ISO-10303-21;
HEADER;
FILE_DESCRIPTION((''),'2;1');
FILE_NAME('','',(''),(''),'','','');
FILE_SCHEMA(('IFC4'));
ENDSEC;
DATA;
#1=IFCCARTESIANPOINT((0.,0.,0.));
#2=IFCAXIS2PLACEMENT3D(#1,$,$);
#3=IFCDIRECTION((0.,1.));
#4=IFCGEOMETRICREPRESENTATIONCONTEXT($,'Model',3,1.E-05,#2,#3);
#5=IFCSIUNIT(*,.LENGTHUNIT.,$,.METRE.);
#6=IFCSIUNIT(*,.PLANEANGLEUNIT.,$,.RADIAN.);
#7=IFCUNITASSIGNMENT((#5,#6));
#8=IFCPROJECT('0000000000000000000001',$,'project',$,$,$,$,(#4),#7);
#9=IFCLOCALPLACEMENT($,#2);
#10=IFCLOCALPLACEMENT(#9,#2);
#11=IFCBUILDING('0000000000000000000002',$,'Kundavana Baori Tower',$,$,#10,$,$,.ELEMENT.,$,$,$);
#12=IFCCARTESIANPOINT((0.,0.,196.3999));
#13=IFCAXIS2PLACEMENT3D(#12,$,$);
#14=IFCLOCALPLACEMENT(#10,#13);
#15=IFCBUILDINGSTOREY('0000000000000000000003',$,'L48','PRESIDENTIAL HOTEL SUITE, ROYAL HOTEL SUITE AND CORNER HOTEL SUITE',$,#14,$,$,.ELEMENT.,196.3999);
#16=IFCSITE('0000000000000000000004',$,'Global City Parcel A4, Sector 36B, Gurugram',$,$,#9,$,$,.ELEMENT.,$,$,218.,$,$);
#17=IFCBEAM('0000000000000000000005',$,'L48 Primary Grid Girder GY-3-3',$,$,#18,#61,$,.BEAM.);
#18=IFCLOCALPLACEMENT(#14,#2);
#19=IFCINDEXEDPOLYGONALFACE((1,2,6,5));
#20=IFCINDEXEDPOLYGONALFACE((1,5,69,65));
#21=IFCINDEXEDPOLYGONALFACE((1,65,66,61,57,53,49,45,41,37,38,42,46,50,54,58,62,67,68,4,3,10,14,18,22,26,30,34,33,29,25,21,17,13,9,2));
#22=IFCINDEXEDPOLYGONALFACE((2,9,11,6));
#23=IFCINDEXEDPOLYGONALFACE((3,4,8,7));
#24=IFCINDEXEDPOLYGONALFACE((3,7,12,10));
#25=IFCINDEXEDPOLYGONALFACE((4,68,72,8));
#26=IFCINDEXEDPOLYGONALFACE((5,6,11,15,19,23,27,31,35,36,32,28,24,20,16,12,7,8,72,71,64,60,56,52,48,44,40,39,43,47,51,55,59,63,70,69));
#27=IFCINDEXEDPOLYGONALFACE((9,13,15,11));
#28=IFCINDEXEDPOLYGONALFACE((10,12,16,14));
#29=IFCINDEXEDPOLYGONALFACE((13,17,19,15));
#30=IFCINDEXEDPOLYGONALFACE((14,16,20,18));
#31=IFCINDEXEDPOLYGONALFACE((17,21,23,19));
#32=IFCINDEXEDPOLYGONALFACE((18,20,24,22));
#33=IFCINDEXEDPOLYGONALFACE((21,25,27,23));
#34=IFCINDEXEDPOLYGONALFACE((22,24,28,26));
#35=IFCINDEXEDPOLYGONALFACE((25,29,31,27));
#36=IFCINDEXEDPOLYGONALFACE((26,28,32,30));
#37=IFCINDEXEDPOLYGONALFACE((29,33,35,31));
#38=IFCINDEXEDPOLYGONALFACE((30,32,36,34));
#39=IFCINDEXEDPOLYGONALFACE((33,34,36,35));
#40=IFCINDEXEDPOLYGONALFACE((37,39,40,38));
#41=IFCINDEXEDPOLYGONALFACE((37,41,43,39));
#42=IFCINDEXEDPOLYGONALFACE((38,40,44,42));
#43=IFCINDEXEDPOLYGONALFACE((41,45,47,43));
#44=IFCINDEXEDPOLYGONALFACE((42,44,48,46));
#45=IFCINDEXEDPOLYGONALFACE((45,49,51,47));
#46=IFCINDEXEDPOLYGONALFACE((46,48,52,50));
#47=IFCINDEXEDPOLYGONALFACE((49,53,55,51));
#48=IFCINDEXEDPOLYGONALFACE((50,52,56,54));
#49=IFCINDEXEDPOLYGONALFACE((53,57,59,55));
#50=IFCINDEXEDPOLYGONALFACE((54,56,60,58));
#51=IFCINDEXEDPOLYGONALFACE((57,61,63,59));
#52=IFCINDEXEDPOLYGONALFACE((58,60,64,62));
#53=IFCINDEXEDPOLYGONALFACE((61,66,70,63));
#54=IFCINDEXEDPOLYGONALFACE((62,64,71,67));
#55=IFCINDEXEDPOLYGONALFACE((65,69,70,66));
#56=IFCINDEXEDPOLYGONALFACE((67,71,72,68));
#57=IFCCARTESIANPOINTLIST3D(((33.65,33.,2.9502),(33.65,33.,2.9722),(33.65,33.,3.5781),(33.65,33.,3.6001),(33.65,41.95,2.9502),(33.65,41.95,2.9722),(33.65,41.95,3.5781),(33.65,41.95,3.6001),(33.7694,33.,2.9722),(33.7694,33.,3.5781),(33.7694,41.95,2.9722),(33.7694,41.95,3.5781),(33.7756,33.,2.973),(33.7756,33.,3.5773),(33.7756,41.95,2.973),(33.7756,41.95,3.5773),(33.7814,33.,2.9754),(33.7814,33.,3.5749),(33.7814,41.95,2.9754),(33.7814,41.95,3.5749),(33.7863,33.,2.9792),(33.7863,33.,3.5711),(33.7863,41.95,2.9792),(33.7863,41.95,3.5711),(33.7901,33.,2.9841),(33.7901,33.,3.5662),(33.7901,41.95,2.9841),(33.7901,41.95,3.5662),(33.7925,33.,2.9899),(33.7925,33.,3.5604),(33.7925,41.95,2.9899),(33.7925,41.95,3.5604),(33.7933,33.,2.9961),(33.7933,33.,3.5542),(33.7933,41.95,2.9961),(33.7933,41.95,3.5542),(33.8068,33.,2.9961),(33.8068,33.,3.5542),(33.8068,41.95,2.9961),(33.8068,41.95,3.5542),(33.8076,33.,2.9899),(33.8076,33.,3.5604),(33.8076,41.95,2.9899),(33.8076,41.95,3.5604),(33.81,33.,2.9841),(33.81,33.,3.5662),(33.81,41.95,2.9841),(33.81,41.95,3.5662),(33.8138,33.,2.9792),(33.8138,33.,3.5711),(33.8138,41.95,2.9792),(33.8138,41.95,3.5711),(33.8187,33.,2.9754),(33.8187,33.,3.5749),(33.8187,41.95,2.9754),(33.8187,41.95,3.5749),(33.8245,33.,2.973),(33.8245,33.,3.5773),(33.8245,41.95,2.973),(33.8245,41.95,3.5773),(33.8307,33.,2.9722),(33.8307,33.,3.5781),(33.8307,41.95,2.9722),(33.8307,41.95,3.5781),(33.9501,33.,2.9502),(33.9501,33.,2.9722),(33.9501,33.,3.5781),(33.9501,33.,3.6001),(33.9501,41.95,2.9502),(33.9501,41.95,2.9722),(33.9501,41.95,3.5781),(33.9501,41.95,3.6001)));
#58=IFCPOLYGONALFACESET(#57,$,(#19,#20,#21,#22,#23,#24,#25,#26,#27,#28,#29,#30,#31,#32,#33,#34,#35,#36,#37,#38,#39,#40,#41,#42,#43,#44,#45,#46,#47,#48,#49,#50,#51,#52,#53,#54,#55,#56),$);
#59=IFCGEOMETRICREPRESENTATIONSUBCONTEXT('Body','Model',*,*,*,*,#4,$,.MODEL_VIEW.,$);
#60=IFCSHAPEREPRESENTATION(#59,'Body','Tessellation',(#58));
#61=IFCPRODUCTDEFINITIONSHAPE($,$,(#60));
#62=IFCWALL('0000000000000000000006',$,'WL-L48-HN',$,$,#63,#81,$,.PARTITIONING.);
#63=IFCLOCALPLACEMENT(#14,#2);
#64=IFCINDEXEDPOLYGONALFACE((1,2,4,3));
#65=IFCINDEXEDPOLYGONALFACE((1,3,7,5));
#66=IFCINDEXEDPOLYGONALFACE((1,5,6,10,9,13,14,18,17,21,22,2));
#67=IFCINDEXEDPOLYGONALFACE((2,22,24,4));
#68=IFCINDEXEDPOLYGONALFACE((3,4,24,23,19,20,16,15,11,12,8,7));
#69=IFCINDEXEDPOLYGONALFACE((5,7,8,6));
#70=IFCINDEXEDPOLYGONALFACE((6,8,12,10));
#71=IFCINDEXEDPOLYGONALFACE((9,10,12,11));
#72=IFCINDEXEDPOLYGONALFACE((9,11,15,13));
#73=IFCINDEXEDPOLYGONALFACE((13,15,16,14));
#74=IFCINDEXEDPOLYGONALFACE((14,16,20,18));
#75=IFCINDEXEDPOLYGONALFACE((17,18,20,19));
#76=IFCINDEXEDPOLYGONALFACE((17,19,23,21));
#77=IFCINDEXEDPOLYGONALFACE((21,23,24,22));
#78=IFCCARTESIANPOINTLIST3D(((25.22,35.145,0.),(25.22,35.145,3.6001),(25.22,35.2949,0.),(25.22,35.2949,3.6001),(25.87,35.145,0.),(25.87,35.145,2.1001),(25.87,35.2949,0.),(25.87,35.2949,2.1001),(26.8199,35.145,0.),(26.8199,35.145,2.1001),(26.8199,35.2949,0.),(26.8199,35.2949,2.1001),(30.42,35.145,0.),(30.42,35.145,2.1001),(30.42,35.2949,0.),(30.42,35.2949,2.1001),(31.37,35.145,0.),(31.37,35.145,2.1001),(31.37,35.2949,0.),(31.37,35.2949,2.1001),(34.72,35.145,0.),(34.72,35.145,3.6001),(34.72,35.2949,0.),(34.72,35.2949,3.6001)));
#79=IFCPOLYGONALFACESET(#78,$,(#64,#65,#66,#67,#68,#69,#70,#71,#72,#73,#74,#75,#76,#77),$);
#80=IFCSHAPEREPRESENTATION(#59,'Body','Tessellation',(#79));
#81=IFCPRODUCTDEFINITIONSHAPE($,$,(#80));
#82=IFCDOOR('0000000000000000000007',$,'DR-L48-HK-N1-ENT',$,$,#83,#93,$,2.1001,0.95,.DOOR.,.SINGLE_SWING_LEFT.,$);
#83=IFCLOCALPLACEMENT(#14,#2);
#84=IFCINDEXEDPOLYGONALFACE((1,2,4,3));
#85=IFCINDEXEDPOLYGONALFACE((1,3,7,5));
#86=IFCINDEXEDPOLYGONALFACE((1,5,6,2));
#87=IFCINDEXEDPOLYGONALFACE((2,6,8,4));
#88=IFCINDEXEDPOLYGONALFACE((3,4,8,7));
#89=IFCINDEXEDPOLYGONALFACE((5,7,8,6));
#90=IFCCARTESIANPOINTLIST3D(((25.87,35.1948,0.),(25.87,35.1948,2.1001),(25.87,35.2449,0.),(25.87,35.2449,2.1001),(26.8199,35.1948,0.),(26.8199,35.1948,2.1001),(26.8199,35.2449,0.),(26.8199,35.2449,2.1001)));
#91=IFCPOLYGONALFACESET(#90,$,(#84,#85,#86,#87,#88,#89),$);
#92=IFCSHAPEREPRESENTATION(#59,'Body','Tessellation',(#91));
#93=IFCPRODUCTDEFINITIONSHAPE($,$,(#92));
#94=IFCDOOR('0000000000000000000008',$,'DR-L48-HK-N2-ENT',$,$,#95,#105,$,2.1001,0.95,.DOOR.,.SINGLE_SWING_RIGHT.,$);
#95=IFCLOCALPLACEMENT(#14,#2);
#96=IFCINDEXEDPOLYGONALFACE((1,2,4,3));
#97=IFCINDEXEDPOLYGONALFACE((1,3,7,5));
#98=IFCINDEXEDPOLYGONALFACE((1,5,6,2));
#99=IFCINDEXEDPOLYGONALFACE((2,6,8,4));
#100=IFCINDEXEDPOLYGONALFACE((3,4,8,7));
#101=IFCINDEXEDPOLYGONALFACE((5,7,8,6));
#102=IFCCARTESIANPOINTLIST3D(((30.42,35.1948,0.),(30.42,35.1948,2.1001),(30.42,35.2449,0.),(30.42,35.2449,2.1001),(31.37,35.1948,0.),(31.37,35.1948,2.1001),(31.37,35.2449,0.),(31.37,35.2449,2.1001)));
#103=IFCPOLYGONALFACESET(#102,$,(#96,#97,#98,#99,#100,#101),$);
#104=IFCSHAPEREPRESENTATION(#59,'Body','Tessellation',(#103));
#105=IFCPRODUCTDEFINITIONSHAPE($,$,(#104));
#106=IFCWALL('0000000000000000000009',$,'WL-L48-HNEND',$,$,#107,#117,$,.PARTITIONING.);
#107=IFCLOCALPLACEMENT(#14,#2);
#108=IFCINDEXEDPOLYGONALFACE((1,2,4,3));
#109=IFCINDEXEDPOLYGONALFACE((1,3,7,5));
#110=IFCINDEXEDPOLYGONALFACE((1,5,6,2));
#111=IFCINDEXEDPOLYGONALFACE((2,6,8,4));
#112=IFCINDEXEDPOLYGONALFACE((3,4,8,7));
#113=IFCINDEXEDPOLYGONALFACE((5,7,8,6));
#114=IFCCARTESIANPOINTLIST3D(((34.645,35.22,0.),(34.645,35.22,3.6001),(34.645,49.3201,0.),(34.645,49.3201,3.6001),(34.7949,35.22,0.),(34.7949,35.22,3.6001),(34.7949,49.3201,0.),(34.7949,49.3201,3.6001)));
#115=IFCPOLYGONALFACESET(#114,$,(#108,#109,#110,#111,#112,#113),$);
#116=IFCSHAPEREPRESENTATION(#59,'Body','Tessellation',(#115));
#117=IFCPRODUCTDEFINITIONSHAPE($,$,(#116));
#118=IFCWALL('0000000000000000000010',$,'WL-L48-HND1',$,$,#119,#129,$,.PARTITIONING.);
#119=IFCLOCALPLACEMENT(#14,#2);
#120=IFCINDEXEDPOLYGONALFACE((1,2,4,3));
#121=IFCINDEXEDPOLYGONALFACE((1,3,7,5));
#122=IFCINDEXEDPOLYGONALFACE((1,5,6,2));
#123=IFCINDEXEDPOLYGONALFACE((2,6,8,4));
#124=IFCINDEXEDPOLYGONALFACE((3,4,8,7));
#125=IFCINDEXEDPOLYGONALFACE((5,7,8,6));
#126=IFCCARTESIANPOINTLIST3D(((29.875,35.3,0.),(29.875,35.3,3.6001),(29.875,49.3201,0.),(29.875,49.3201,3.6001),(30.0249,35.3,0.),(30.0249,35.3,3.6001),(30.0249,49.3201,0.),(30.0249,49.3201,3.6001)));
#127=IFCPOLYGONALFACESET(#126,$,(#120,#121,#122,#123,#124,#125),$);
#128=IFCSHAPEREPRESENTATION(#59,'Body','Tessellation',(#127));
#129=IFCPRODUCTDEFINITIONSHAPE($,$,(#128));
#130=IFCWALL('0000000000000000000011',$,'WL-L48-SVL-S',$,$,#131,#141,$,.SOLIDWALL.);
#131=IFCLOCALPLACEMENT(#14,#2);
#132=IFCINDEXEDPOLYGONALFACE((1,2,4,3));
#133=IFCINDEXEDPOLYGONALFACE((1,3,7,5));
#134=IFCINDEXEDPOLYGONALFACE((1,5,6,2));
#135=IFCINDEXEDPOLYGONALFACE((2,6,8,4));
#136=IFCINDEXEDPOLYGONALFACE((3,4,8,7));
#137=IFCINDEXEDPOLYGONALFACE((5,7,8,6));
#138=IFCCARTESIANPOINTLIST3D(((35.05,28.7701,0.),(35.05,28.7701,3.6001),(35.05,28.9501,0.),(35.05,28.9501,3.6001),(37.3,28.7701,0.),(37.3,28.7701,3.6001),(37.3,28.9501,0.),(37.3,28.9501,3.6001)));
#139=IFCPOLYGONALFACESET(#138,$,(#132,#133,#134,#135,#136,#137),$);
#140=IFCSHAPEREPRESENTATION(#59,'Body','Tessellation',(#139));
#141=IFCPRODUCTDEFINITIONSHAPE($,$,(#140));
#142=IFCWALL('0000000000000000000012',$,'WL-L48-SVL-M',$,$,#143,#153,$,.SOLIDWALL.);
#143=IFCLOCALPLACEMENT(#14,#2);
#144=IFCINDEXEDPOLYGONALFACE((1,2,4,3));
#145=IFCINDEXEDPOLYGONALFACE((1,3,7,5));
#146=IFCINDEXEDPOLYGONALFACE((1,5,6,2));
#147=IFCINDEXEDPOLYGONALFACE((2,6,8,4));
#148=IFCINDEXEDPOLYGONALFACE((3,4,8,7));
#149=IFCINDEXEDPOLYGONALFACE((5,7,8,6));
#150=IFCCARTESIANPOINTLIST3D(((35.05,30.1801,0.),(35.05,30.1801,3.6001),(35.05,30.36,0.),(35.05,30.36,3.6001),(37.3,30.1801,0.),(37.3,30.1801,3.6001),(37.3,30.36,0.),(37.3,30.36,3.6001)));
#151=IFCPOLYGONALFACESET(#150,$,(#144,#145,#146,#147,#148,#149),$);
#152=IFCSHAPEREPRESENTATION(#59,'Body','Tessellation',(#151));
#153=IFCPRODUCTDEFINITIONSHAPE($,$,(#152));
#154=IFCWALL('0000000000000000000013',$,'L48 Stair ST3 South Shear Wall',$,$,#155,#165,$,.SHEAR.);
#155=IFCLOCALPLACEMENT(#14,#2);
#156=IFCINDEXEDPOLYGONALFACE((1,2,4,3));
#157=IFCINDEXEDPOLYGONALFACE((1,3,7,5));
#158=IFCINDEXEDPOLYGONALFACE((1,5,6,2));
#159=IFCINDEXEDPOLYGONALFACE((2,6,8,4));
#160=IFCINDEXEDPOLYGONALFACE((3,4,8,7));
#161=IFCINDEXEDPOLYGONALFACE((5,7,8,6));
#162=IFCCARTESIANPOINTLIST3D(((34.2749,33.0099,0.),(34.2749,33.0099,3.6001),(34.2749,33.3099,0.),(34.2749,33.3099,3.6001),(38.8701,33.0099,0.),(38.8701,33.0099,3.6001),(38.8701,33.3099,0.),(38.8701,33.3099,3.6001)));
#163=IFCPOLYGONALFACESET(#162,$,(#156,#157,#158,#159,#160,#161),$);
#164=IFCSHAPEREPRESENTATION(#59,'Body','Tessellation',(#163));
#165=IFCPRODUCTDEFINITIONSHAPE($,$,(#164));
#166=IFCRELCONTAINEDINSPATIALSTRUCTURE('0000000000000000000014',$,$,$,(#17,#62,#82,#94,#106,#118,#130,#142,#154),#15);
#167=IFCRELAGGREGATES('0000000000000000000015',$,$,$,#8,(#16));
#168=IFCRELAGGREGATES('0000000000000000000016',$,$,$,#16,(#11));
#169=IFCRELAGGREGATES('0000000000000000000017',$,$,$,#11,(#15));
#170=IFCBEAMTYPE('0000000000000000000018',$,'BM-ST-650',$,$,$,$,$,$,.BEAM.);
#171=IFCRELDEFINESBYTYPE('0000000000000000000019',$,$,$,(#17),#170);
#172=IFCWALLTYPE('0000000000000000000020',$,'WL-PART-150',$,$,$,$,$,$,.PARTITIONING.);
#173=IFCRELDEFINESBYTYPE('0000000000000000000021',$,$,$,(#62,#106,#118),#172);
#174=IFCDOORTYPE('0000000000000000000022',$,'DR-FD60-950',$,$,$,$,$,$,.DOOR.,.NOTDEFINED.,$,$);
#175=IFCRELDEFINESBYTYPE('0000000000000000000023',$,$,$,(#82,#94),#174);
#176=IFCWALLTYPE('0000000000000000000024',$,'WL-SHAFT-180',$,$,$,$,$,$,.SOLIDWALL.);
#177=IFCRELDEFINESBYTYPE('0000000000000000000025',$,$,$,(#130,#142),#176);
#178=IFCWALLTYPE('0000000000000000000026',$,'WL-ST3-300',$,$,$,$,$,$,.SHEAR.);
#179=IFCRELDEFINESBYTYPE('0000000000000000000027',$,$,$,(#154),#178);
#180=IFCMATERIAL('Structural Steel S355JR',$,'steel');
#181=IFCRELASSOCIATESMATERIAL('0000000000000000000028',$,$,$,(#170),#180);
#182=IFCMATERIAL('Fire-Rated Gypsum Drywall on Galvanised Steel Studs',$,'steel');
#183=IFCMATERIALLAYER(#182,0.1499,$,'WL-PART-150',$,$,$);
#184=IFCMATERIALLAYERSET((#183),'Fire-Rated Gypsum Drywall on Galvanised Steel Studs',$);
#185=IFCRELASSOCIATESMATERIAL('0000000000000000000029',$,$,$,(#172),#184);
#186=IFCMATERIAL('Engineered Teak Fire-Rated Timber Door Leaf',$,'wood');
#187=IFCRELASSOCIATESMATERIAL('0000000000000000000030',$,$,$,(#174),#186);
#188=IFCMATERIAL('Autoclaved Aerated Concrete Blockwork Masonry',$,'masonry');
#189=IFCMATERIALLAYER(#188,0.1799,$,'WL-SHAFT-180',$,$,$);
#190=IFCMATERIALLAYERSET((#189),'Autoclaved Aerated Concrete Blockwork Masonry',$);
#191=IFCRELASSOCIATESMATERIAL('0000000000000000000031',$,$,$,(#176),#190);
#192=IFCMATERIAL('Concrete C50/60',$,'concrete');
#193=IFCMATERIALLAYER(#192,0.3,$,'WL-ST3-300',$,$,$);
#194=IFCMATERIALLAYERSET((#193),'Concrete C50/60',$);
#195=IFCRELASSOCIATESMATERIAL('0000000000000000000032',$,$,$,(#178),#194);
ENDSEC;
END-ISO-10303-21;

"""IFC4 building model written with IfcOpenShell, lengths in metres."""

from ifc_helpers import new_model, si_unit, direction, frame, frame_2d, origin, origin_2d, place, context, subcontext, project, spatial, rectangle, i_section, extrude, material, layer, layer_set, material_profile, profile_set, type_object, element, fill, save


model = new_model("IFC4")

# Units and contexts
model_context = context("Model", 3, precision=1e-05, world=origin(), true_north=direction((0.0, 1.0)))
body_context = subcontext(model_context, "Body", "Model", "MODEL_VIEW")
ifc_project = project(units=[si_unit("LENGTHUNIT", "METRE"), si_unit("PLANEANGLEUNIT", "RADIAN")], contexts=[model_context])

# Site, building, storey
site_placement = place(None, origin())
site = spatial("IfcSite", under=ifc_project, at=site_placement, Name="Global City Parcel A4, Sector 36B, Gurugram", CompositionType="ELEMENT", RefElevation=218.0)
building_placement = place(site_placement, origin())
building = spatial("IfcBuilding", under=site, at=building_placement, Name="Kundavana Baori Tower", CompositionType="ELEMENT")
storey_placement = place(building_placement, frame((0.0, 0.0, 196.3999)))
storey = spatial("IfcBuildingStorey", under=building, at=storey_placement, Name="L48", Description="PRESIDENTIAL HOTEL SUITE, ROYAL HOTEL SUITE AND CORNER HOTEL SUITE", CompositionType="ELEMENT", Elevation=196.3999)

# Beam
ifc_material_1 = material(Name="Structural Steel S355JR", Category="steel")
ifc_material_profile_1 = material_profile(ifc_material_1, i_section(OverallWidth=0.3, OverallDepth=0.6499, WebThickness=0.0134, FlangeThickness=0.022, FilletRadius=0.0239, at=origin_2d()), Name="NPB 650x300x155")
ifc_profile_set_1 = profile_set([ifc_material_profile_1], Name="Structural Steel S355JR")
beam_type_1 = type_object("IfcBeamType", Name="BM-ST-650", PredefinedType="BEAM", material=ifc_profile_set_1)
beam_1_placement = place(storey_placement, frame((33.8, 33.0, 3.2751), z_axis=(0.0, 1.0, 0.0), x_axis=(-1.0, 0.0, 0.0)))
element("IfcBeam", 1, at=beam_1_placement, inside=storey, type_object=beam_type_1, Name="L48 Primary Grid Girder GY-3-3", PredefinedType="BEAM", context=body_context, shape_type="SweptSolid", body=[
    extrude(i_section(OverallWidth=0.3, OverallDepth=0.6499, WebThickness=0.0134, FlangeThickness=0.022, FilletRadius=0.0239, at=origin_2d()), origin(), (0.0, 0.0, 1.0), 8.95),
])

# Wall, openings, doors
ifc_material_2 = material(Name="Fire-Rated Gypsum Drywall on Galvanised Steel Studs", Category="steel")
ifc_layer_1 = layer(ifc_material_2, 0.1499, Name="WL-PART-150")
ifc_layer_set_1 = layer_set([ifc_layer_1], Name="Fire-Rated Gypsum Drywall on Galvanised Steel Studs")
wall_type_1 = type_object("IfcWallType", Name="WL-PART-150", PredefinedType="PARTITIONING", material=ifc_layer_set_1)
wall_1_placement = place(storey_placement, frame((25.22, 35.22, 0.0), z_axis=(0.0, 0.0, 1.0), x_axis=(1.0, 0.0, 0.0)))
wall_1 = element("IfcWall", 2, at=wall_1_placement, inside=storey, type_object=wall_type_1, Name="WL-L48-HN", PredefinedType="PARTITIONING", context=body_context, shape_type="SweptSolid", body=[
    extrude(rectangle(XDim=9.5, YDim=0.1499, at=frame_2d((4.75, 0.0))), origin(), (0.0, 0.0, 1.0), 3.6001),
])
opening_1_placement = place(wall_1_placement, frame((0.6499, 0.0, 0.0)))
opening_1 = element("IfcOpeningElement", 3, at=opening_1_placement, cuts=wall_1, PredefinedType="OPENING", context=body_context, shape_type="SweptSolid", body=[
    extrude(rectangle(XDim=0.95, YDim=2.1001, at=frame_2d((0.4751, 1.05))), frame((0.0, 0.085, 0.0), z_axis=(0.0, -1.0, 0.0), x_axis=(1.0, 0.0, 0.0)), (0.0, 0.0, 1.0), 0.1699),
])
opening_2_placement = place(wall_1_placement, frame((5.2, 0.0, 0.0)))
opening_2 = element("IfcOpeningElement", 4, at=opening_2_placement, cuts=wall_1, PredefinedType="OPENING", context=body_context, shape_type="SweptSolid", body=[
    extrude(rectangle(XDim=0.95, YDim=2.1001, at=frame_2d((0.4751, 1.05))), frame((0.0, 0.085, 0.0), z_axis=(0.0, -1.0, 0.0), x_axis=(1.0, 0.0, 0.0)), (0.0, 0.0, 1.0), 0.1699),
])
ifc_material_3 = material(Name="Engineered Teak Fire-Rated Timber Door Leaf", Category="wood")
door_type_1 = type_object("IfcDoorType", Name="DR-FD60-950", OperationType="NOTDEFINED", PredefinedType="DOOR", material=ifc_material_3)
door_1_placement = place(opening_1_placement, origin())
door_1 = element("IfcDoor", 5, at=door_1_placement, inside=storey, type_object=door_type_1, Name="DR-L48-HK-N1-ENT", OperationType="SINGLE_SWING_LEFT", OverallHeight=2.1001, OverallWidth=0.95, PredefinedType="DOOR", context=body_context, shape_type="SweptSolid", body=[
    extrude(rectangle(XDim=0.95, YDim=2.1001, at=frame_2d((0.4751, 1.05))), frame((0.0, 0.0249, 0.0), z_axis=(0.0, -1.0, 0.0), x_axis=(1.0, 0.0, 0.0)), (0.0, 0.0, 1.0), 0.05),
])
fill(opening_1, door_1)
door_2_placement = place(opening_2_placement, origin())
door_2 = element("IfcDoor", 6, at=door_2_placement, inside=storey, type_object=door_type_1, Name="DR-L48-HK-N2-ENT", OperationType="SINGLE_SWING_RIGHT", OverallHeight=2.1001, OverallWidth=0.95, PredefinedType="DOOR", context=body_context, shape_type="SweptSolid", body=[
    extrude(rectangle(XDim=0.95, YDim=2.1001, at=frame_2d((0.4751, 1.05))), frame((0.0, 0.0249, 0.0), z_axis=(0.0, -1.0, 0.0), x_axis=(1.0, 0.0, 0.0)), (0.0, 0.0, 1.0), 0.05),
])
fill(opening_2, door_2)

# Walls
wall_2_placement = place(storey_placement, frame((34.72, 35.22, 0.0), z_axis=(0.0, 0.0, 1.0), x_axis=(0.0, 1.0, 0.0)))
element("IfcWall", 7, at=wall_2_placement, inside=storey, type_object=wall_type_1, Name="WL-L48-HNEND", PredefinedType="PARTITIONING", context=body_context, shape_type="SweptSolid", body=[
    extrude(rectangle(XDim=14.1001, YDim=0.1499, at=frame_2d((7.05, 0.0))), origin(), (0.0, 0.0, 1.0), 3.6001),
])
wall_3_placement = place(storey_placement, frame((29.95, 35.3, 0.0), z_axis=(0.0, 0.0, 1.0), x_axis=(0.0, 1.0, 0.0)))
element("IfcWall", 8, at=wall_3_placement, inside=storey, type_object=wall_type_1, Name="WL-L48-HND1", PredefinedType="PARTITIONING", context=body_context, shape_type="SweptSolid", body=[
    extrude(rectangle(XDim=14.02, YDim=0.1499, at=frame_2d((7.01, 0.0))), origin(), (0.0, 0.0, 1.0), 3.6001),
])
ifc_material_4 = material(Name="Autoclaved Aerated Concrete Blockwork Masonry", Category="masonry")
ifc_layer_2 = layer(ifc_material_4, 0.1799, Name="WL-SHAFT-180")
ifc_layer_set_2 = layer_set([ifc_layer_2], Name="Autoclaved Aerated Concrete Blockwork Masonry")
wall_type_2 = type_object("IfcWallType", Name="WL-SHAFT-180", PredefinedType="SOLIDWALL", material=ifc_layer_set_2)
for number, where, z_axis, x_axis, name in (
    (9, (35.05, 28.8601, 0.0), (0.0, 0.0, 1.0), (1.0, 0.0, 0.0), "WL-L48-SVL-S"),
    (10, (35.05, 30.27, 0.0), (0.0, 0.0, 1.0), (1.0, 0.0, 0.0), "WL-L48-SVL-M"),
):
    element("IfcWall", number, at=place(storey_placement, frame(where, z_axis=z_axis, x_axis=x_axis)), inside=storey, type_object=wall_type_2, Name=name, PredefinedType="SOLIDWALL", context=body_context, shape_type="SweptSolid", body=[
        extrude(rectangle(XDim=2.25, YDim=0.1799, at=frame_2d((1.125, 0.0))), origin(), (0.0, 0.0, 1.0), 3.6001),
    ])
ifc_material_5 = material(Name="Concrete C50/60", Category="concrete")
ifc_layer_3 = layer(ifc_material_5, 0.3, Name="WL-ST3-300")
ifc_layer_set_3 = layer_set([ifc_layer_3], Name="Concrete C50/60")
wall_type_3 = type_object("IfcWallType", Name="WL-ST3-300", PredefinedType="SHEAR", material=ifc_layer_set_3)
wall_4_placement = place(storey_placement, frame((34.2749, 33.1599, 0.0), z_axis=(0.0, 0.0, 1.0), x_axis=(1.0, 0.0, 0.0)))
element("IfcWall", 11, at=wall_4_placement, inside=storey, type_object=wall_type_3, Name="L48 Stair ST3 South Shear Wall", PredefinedType="SHEAR", context=body_context, shape_type="SweptSolid", body=[
    extrude(rectangle(XDim=4.5952, YDim=0.3, at=frame_2d((2.2976, 0.0))), origin(), (0.0, 0.0, 1.0), 3.6001),
])

save(model, "model.ifc")
